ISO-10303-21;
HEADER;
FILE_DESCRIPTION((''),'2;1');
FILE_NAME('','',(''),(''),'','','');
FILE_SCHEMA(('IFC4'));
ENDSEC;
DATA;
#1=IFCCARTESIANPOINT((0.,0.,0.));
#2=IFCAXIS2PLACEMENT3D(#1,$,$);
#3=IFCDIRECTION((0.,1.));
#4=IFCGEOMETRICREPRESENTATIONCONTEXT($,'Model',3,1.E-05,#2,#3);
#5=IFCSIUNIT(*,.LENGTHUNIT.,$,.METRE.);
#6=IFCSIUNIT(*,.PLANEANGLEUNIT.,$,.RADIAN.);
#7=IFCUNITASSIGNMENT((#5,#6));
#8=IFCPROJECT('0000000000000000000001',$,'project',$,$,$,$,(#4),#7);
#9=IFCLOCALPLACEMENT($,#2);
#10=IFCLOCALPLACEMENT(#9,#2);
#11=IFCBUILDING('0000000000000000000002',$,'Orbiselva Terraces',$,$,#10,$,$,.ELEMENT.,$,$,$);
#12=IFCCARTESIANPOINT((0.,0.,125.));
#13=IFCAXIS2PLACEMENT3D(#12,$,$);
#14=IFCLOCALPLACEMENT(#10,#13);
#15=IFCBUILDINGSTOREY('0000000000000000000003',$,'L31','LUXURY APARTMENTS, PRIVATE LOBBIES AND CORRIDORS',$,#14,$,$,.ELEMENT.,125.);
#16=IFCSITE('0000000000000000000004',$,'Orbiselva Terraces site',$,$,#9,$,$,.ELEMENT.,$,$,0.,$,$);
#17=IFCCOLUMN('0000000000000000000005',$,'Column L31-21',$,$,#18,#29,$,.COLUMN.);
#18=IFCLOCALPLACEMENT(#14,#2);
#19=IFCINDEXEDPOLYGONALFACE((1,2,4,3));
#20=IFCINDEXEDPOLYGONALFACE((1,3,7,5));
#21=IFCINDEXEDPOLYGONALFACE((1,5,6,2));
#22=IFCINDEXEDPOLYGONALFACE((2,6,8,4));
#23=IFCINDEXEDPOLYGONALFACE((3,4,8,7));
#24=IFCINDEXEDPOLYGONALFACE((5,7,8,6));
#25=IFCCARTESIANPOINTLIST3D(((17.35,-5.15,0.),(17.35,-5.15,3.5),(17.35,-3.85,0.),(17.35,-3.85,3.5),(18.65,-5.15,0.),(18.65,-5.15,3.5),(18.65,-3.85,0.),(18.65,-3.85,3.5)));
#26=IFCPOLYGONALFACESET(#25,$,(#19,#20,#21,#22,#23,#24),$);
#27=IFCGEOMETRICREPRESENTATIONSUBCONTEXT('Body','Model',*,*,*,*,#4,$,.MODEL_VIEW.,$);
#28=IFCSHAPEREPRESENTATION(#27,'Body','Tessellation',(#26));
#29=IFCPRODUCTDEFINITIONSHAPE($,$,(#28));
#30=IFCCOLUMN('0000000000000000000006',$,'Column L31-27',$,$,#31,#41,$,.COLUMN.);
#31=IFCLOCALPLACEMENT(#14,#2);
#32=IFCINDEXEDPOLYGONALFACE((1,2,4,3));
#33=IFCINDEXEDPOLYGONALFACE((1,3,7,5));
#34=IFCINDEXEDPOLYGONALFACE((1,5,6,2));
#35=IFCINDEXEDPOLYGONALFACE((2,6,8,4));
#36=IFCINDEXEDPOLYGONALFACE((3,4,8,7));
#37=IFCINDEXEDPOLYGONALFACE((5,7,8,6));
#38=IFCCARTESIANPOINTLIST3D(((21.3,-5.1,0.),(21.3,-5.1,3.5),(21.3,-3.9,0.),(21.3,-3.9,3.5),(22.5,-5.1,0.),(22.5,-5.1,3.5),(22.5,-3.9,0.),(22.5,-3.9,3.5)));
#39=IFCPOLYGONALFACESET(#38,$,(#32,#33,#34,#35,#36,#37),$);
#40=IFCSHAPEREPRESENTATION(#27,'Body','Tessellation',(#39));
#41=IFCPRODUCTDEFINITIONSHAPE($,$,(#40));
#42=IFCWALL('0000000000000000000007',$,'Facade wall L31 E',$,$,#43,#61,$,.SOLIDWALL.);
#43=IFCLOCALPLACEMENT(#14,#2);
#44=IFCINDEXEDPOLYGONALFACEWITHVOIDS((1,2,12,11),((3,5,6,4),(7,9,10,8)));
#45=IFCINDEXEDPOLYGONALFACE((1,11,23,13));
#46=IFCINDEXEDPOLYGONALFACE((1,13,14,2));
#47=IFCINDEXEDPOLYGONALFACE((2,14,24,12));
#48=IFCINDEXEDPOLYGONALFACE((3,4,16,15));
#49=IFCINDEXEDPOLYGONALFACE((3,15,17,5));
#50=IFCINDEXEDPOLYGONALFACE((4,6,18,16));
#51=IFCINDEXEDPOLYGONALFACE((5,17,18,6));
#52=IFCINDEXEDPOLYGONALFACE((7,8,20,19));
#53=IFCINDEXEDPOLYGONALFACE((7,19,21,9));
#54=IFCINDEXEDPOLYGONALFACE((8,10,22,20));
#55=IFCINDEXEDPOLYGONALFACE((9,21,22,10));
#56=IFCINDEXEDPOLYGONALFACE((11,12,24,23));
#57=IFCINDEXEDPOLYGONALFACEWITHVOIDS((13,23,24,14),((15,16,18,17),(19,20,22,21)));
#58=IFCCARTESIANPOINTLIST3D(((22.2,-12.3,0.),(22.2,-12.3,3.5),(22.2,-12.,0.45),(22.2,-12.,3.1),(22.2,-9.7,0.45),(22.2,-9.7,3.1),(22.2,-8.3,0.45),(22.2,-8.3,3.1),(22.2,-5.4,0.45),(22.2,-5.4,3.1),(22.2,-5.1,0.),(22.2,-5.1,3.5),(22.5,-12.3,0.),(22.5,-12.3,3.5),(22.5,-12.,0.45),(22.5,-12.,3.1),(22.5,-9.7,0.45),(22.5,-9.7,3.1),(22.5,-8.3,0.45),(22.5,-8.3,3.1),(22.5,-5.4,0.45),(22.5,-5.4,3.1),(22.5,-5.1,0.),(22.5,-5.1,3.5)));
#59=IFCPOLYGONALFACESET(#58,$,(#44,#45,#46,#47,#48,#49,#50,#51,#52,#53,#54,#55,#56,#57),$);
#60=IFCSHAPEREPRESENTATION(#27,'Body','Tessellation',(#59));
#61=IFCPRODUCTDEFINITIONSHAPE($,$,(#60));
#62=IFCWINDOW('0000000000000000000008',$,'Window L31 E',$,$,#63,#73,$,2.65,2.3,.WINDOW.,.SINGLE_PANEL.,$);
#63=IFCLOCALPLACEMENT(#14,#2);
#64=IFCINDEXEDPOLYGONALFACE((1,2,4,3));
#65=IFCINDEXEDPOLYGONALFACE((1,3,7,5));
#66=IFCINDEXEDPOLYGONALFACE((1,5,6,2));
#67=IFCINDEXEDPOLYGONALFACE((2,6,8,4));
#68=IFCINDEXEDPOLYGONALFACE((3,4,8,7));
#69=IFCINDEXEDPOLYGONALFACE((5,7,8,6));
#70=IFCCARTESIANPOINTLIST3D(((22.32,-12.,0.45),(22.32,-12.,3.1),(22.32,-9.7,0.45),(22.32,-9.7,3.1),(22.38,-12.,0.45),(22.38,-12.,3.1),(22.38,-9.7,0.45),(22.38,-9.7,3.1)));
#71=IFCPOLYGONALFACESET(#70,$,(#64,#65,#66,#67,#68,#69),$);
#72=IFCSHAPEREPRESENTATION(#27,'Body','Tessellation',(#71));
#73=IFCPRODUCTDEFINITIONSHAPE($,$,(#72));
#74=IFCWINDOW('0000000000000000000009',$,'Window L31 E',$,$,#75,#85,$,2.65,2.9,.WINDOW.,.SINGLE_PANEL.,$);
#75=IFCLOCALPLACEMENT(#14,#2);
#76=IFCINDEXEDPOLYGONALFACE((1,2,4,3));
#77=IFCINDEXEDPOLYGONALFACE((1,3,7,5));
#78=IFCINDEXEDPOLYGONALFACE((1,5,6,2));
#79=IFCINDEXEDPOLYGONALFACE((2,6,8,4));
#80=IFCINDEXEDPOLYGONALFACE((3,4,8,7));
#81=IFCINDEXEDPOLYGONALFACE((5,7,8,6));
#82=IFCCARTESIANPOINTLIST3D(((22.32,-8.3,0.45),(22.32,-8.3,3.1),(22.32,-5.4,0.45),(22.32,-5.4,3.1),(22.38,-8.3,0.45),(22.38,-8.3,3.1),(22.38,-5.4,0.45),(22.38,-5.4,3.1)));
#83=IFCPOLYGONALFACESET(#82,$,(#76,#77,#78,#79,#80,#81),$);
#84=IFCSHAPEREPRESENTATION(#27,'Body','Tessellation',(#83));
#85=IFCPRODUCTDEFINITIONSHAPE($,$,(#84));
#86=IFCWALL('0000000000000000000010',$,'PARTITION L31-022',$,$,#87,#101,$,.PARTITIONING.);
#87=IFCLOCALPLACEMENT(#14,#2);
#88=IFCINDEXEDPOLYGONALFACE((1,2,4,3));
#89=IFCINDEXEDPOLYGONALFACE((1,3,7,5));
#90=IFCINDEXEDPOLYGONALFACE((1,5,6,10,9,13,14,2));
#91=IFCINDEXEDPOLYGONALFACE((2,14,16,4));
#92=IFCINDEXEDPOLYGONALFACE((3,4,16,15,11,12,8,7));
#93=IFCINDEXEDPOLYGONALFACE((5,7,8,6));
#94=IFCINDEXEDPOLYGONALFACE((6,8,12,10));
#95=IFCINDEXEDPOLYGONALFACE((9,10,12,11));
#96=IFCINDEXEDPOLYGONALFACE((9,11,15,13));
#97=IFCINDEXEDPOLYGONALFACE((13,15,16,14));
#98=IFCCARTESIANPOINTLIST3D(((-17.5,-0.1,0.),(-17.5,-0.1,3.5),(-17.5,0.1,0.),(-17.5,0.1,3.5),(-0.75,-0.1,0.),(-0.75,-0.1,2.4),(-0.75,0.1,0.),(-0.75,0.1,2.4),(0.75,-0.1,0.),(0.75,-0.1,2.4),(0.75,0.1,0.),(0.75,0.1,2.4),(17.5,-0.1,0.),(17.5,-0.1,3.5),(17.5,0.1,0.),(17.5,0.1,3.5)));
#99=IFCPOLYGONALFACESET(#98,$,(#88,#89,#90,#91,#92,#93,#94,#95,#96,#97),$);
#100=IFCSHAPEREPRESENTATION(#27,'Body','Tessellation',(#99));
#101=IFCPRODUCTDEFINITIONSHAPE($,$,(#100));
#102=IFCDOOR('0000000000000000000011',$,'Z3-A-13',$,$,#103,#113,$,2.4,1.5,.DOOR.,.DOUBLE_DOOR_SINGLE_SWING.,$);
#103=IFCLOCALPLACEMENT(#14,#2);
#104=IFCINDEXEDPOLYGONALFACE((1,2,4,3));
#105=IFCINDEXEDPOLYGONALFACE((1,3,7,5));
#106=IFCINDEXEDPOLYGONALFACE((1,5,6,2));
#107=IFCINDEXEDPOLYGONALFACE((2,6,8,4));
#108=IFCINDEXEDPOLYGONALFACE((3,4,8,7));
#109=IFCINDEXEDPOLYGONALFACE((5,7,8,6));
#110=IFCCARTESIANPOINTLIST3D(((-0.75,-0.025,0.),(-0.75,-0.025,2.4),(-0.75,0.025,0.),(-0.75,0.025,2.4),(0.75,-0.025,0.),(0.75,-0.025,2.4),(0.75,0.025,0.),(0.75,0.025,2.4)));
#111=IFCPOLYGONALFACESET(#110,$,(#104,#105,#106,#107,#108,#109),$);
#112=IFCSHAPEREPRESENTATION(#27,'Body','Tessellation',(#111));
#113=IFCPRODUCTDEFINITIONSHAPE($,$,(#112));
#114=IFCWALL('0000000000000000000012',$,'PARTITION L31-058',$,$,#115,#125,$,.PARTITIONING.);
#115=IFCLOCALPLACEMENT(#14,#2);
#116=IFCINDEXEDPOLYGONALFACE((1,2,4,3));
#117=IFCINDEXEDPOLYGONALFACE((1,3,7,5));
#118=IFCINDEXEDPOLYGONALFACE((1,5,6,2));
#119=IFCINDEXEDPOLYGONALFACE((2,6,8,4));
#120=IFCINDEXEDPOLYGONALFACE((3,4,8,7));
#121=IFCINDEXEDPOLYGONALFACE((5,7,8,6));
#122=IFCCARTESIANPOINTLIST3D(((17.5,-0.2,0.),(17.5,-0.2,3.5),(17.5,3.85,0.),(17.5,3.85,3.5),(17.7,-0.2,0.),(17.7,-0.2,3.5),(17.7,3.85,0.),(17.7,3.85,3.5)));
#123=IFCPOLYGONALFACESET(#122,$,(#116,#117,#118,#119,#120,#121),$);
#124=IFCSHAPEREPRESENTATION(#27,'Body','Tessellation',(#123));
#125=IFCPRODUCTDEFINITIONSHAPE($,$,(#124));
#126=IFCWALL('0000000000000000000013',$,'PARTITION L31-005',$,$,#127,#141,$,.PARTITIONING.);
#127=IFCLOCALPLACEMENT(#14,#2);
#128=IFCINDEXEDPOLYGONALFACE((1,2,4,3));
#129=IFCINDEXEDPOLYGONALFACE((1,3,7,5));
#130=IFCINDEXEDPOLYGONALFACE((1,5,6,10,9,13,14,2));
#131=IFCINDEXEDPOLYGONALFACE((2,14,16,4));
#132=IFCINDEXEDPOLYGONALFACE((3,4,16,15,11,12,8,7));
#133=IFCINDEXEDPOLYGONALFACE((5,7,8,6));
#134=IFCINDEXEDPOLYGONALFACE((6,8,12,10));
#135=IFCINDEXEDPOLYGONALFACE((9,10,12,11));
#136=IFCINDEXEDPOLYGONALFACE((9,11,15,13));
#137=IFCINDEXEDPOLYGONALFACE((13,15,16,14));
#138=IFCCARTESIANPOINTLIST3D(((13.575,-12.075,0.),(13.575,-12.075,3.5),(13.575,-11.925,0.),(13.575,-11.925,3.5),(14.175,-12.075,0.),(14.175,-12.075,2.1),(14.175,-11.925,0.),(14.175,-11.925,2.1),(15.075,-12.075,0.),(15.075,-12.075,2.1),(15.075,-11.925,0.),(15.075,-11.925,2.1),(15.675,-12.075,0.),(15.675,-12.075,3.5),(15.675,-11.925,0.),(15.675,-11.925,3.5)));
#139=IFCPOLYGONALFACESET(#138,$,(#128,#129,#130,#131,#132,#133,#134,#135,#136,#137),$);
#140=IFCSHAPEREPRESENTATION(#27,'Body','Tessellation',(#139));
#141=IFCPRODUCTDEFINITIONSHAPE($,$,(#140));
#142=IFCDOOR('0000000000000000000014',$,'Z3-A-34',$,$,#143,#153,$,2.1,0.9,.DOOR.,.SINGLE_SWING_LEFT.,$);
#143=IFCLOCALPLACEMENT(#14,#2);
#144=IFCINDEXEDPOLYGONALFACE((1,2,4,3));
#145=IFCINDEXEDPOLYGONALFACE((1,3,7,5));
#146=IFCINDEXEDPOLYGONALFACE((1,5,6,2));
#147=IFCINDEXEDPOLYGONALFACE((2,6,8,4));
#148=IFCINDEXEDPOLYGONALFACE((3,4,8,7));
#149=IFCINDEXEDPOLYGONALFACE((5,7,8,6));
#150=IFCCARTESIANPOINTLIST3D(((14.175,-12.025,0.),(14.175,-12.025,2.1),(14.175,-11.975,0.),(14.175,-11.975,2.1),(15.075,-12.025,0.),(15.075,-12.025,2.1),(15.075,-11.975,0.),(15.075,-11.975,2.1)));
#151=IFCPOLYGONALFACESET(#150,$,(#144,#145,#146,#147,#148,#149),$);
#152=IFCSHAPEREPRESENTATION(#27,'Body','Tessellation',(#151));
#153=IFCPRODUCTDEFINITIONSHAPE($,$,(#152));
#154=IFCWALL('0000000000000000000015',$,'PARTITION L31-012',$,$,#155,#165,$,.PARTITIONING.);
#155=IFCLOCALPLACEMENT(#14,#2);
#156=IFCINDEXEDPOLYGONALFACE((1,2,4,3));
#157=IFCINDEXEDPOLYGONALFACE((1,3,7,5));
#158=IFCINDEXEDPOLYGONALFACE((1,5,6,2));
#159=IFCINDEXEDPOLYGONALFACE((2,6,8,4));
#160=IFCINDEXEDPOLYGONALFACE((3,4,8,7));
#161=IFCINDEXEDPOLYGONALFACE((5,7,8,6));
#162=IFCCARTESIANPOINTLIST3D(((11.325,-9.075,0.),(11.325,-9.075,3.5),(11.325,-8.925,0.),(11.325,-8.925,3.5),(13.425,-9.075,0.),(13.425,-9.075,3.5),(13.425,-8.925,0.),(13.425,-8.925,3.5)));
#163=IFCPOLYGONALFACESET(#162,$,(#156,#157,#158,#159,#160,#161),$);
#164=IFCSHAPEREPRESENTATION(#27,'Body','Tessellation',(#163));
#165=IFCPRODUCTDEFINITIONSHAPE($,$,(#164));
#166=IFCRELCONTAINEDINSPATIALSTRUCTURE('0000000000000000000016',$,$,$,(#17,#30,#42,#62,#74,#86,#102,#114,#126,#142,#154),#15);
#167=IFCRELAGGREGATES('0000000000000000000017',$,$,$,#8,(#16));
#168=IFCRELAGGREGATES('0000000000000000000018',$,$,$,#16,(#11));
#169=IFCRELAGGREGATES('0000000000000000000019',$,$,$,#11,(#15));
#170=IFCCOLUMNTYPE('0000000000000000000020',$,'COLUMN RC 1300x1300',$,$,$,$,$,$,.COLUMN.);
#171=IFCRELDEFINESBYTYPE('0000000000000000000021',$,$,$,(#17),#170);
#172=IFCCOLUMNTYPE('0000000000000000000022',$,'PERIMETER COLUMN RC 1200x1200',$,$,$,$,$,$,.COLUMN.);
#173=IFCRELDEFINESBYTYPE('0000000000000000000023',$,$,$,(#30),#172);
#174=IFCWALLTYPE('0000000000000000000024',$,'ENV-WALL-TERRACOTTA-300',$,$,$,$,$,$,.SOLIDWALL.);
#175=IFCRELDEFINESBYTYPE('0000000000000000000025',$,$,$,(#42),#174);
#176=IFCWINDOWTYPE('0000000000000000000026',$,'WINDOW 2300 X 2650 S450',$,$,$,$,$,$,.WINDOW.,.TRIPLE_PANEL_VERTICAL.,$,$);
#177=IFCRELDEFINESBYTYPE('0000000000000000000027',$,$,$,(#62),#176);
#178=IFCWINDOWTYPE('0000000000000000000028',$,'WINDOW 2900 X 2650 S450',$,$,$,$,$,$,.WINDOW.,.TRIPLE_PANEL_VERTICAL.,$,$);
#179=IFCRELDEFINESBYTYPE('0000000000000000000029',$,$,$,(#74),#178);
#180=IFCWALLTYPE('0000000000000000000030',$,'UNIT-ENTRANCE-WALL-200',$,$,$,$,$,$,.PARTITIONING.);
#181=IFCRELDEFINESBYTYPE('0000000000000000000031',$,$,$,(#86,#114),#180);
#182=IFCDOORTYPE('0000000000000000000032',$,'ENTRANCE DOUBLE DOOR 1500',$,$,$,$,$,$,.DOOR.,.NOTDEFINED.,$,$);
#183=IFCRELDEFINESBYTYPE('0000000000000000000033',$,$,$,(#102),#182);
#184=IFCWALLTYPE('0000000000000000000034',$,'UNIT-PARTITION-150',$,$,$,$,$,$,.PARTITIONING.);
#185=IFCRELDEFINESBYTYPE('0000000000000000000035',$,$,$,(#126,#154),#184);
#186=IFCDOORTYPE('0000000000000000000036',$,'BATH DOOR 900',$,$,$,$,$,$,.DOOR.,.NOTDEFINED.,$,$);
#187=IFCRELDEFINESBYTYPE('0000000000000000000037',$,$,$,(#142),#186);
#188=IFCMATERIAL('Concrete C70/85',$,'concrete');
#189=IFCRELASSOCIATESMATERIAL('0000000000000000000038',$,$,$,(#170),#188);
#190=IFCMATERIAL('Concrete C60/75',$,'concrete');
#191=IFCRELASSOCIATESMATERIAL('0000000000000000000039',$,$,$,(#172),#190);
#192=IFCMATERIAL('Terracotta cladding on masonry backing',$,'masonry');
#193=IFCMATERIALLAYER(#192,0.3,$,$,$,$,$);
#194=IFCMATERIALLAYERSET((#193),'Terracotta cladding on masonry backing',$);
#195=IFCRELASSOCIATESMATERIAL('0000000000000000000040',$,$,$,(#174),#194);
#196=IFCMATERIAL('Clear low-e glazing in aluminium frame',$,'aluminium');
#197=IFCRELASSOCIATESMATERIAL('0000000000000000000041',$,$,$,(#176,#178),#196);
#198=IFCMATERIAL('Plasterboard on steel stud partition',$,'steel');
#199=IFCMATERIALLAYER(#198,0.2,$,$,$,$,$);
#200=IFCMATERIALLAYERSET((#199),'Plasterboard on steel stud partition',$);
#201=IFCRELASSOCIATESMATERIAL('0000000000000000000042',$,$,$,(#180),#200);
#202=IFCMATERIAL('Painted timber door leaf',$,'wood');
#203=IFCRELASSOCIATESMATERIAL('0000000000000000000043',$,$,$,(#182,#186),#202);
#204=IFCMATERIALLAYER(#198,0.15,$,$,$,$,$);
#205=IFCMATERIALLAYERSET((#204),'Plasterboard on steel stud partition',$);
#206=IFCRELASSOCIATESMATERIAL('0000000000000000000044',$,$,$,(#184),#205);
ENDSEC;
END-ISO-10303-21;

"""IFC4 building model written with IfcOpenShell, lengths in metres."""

from ifc_helpers import new_model, si_unit, direction, frame, frame_2d, origin, origin_2d, place, context, subcontext, project, spatial, rectangle, extrude, material, layer, layer_set, material_profile, profile_set, type_object, element, fill, save


model = new_model("IFC4")

# Units and contexts
model_context = context("Model", 3, precision=1e-05, world=origin(), true_north=direction((0.0, 1.0)))
body_context = subcontext(model_context, "Body", "Model", "MODEL_VIEW")
ifc_project = project(units=[si_unit("LENGTHUNIT", "METRE"), si_unit("PLANEANGLEUNIT", "RADIAN")], contexts=[model_context])

# Site, building, storey
site_placement = place(None, origin())
site = spatial("IfcSite", under=ifc_project, at=site_placement, Name="Orbiselva Terraces site", CompositionType="ELEMENT", RefElevation=0.0)
building_placement = place(site_placement, origin())
building = spatial("IfcBuilding", under=site, at=building_placement, Name="Orbiselva Terraces", CompositionType="ELEMENT")
storey_placement = place(building_placement, frame((0.0, 0.0, 125.0)))
storey = spatial("IfcBuildingStorey", under=building, at=storey_placement, Name="L31", Description="LUXURY APARTMENTS, PRIVATE LOBBIES AND CORRIDORS", CompositionType="ELEMENT", Elevation=125.0)

# Columns
ifc_material_1 = material(Name="Concrete C70/85", Category="concrete")
ifc_material_profile_1 = material_profile(ifc_material_1, rectangle(XDim=1.3, YDim=1.3, at=origin_2d()), Name="RC 1300x1300")
ifc_profile_set_1 = profile_set([ifc_material_profile_1], Name="Concrete C70/85")
column_type_1 = type_object("IfcColumnType", Name="COLUMN RC 1300x1300", PredefinedType="COLUMN", material=ifc_profile_set_1)
column_1_placement = place(storey_placement, frame((18.0, -4.5, 0.0), z_axis=(0.0, 0.0, 1.0), x_axis=(1.0, 0.0, 0.0)))
element("IfcColumn", 1, at=column_1_placement, inside=storey, type_object=column_type_1, Name="Column L31-21", PredefinedType="COLUMN", context=body_context, shape_type="SweptSolid", body=[
    extrude(rectangle(XDim=1.3, YDim=1.3, at=origin_2d()), origin(), (0.0, 0.0, 1.0), 3.5),
])
ifc_material_2 = material(Name="Concrete C60/75", Category="concrete")
ifc_material_profile_2 = material_profile(ifc_material_2, rectangle(XDim=1.2, YDim=1.2, at=origin_2d()), Name="RC 1200x1200")
ifc_profile_set_2 = profile_set([ifc_material_profile_2], Name="Concrete C60/75")
column_type_2 = type_object("IfcColumnType", Name="PERIMETER COLUMN RC 1200x1200", PredefinedType="COLUMN", material=ifc_profile_set_2)
column_2_placement = place(storey_placement, frame((21.9, -4.5, 0.0), z_axis=(0.0, 0.0, 1.0), x_axis=(1.0, 0.0, 0.0)))
element("IfcColumn", 2, at=column_2_placement, inside=storey, type_object=column_type_2, Name="Column L31-27", PredefinedType="COLUMN", context=body_context, shape_type="SweptSolid", body=[
    extrude(rectangle(XDim=1.2, YDim=1.2, at=origin_2d()), origin(), (0.0, 0.0, 1.0), 3.5),
])

# Wall, openings, windows
ifc_material_3 = material(Name="Terracotta cladding on masonry backing", Category="masonry")
ifc_layer_1 = layer(ifc_material_3, 0.3)
ifc_layer_set_1 = layer_set([ifc_layer_1], Name="Terracotta cladding on masonry backing")
wall_type_1 = type_object("IfcWallType", Name="ENV-WALL-TERRACOTTA-300", PredefinedType="SOLIDWALL", material=ifc_layer_set_1)
wall_1_placement = place(storey_placement, frame((22.35, -5.1, 0.0), z_axis=(0.0, 0.0, 1.0), x_axis=(0.0, -1.0, 0.0)))
wall_1 = element("IfcWall", 3, at=wall_1_placement, inside=storey, type_object=wall_type_1, Name="Facade wall L31 E", PredefinedType="SOLIDWALL", context=body_context, shape_type="SweptSolid", body=[
    extrude(rectangle(XDim=7.2, YDim=0.3, at=frame_2d((3.6, 0.0))), origin(), (0.0, 0.0, 1.0), 3.5),
])
opening_1_placement = place(wall_1_placement, frame((4.6, 0.0, 0.45)))
opening_1 = element("IfcOpeningElement", 4, at=opening_1_placement, cuts=wall_1, PredefinedType="OPENING", context=body_context, shape_type="SweptSolid", body=[
    extrude(rectangle(XDim=2.3, YDim=2.65, at=frame_2d((1.15, 1.325))), frame((0.0, 0.16, 0.0), z_axis=(0.0, -1.0, 0.0), x_axis=(1.0, 0.0, 0.0)), (0.0, 0.0, 1.0), 0.32),
])
opening_2_placement = place(wall_1_placement, frame((0.3, 0.0, 0.45)))
opening_2 = element("IfcOpeningElement", 5, at=opening_2_placement, cuts=wall_1, PredefinedType="OPENING", context=body_context, shape_type="SweptSolid", body=[
    extrude(rectangle(XDim=2.9, YDim=2.65, at=frame_2d((1.45, 1.325))), frame((0.0, 0.16, 0.0), z_axis=(0.0, -1.0, 0.0), x_axis=(1.0, 0.0, 0.0)), (0.0, 0.0, 1.0), 0.32),
])
ifc_material_4 = material(Name="Clear low-e glazing in aluminium frame", Category="aluminium")
window_type_1 = type_object("IfcWindowType", Name="WINDOW 2300 X 2650 S450", PartitioningType="TRIPLE_PANEL_VERTICAL", PredefinedType="WINDOW", material=ifc_material_4)
window_1_placement = place(opening_1_placement, origin())
window_1 = element("IfcWindow", 6, at=window_1_placement, inside=storey, type_object=window_type_1, Name="Window L31 E", OverallHeight=2.65, OverallWidth=2.3, PartitioningType="SINGLE_PANEL", PredefinedType="WINDOW", context=body_context, shape_type="SweptSolid", body=[
    extrude(rectangle(XDim=2.3, YDim=2.65, at=frame_2d((1.15, 1.325))), frame((0.0, 0.03, 0.0), z_axis=(0.0, -1.0, 0.0), x_axis=(1.0, 0.0, 0.0)), (0.0, 0.0, 1.0), 0.06),
])
fill(opening_1, window_1)
window_type_2 = type_object("IfcWindowType", Name="WINDOW 2900 X 2650 S450", PartitioningType="TRIPLE_PANEL_VERTICAL", PredefinedType="WINDOW", material=ifc_material_4)
window_2_placement = place(opening_2_placement, origin())
window_2 = element("IfcWindow", 7, at=window_2_placement, inside=storey, type_object=window_type_2, Name="Window L31 E", OverallHeight=2.65, OverallWidth=2.9, PartitioningType="SINGLE_PANEL", PredefinedType="WINDOW", context=body_context, shape_type="SweptSolid", body=[
    extrude(rectangle(XDim=2.9, YDim=2.65, at=frame_2d((1.45, 1.325))), frame((0.0, 0.03, 0.0), z_axis=(0.0, -1.0, 0.0), x_axis=(1.0, 0.0, 0.0)), (0.0, 0.0, 1.0), 0.06),
])
fill(opening_2, window_2)

# Wall, opening, door
ifc_material_5 = material(Name="Plasterboard on steel stud partition", Category="steel")
ifc_layer_2 = layer(ifc_material_5, 0.2)
ifc_layer_set_2 = layer_set([ifc_layer_2], Name="Plasterboard on steel stud partition")
wall_type_2 = type_object("IfcWallType", Name="UNIT-ENTRANCE-WALL-200", PredefinedType="PARTITIONING", material=ifc_layer_set_2)
wall_2_placement = place(storey_placement, frame((17.5, 0.0, 0.0), z_axis=(0.0, 0.0, 1.0), x_axis=(-1.0, 0.0, 0.0)))
wall_2 = element("IfcWall", 8, at=wall_2_placement, inside=storey, type_object=wall_type_2, Name="PARTITION L31-022", PredefinedType="PARTITIONING", context=body_context, shape_type="SweptSolid", body=[
    extrude(rectangle(XDim=35.0, YDim=0.2, at=frame_2d((17.5, 0.0))), origin(), (0.0, 0.0, 1.0), 3.5),
])
opening_3_placement = place(wall_2_placement, frame((16.75, 0.0, 0.0)))
opening_3 = element("IfcOpeningElement", 9, at=opening_3_placement, cuts=wall_2, PredefinedType="OPENING", context=body_context, shape_type="SweptSolid", body=[
    extrude(rectangle(XDim=1.5, YDim=2.4, at=frame_2d((0.75, 1.2))), frame((0.0, 0.11, 0.0), z_axis=(0.0, -1.0, 0.0), x_axis=(1.0, 0.0, 0.0)), (0.0, 0.0, 1.0), 0.22),
])
ifc_material_6 = material(Name="Painted timber door leaf", Category="wood")
door_type_1 = type_object("IfcDoorType", Name="ENTRANCE DOUBLE DOOR 1500", OperationType="NOTDEFINED", PredefinedType="DOOR", material=ifc_material_6)
door_1_placement = place(opening_3_placement, origin())
door_1 = element("IfcDoor", 10, at=door_1_placement, inside=storey, type_object=door_type_1, Name="Z3-A-13", OperationType="DOUBLE_DOOR_SINGLE_SWING", OverallHeight=2.4, OverallWidth=1.5, PredefinedType="DOOR", context=body_context, shape_type="SweptSolid", body=[
    extrude(rectangle(XDim=1.5, YDim=2.4, at=frame_2d((0.75, 1.2))), frame((0.0, 0.025, 0.0), z_axis=(0.0, -1.0, 0.0), x_axis=(1.0, 0.0, 0.0)), (0.0, 0.0, 1.0), 0.05),
])
fill(opening_3, door_1)

# Wall
wall_3_placement = place(storey_placement, frame((17.6, -0.2, 0.0), z_axis=(0.0, 0.0, 1.0), x_axis=(0.0, 1.0, 0.0)))
element("IfcWall", 11, at=wall_3_placement, inside=storey, type_object=wall_type_2, Name="PARTITION L31-058", PredefinedType="PARTITIONING", context=body_context, shape_type="SweptSolid", body=[
    extrude(rectangle(XDim=4.05, YDim=0.2, at=frame_2d((2.025, 0.0))), origin(), (0.0, 0.0, 1.0), 3.5),
])

# Wall, opening, door
ifc_layer_3 = layer(ifc_material_5, 0.15)
ifc_layer_set_3 = layer_set([ifc_layer_3], Name="Plasterboard on steel stud partition")
wall_type_3 = type_object("IfcWallType", Name="UNIT-PARTITION-150", PredefinedType="PARTITIONING", material=ifc_layer_set_3)
wall_4_placement = place(storey_placement, frame((13.575, -12.0, 0.0), z_axis=(0.0, 0.0, 1.0), x_axis=(1.0, 0.0, 0.0)))
wall_4 = element("IfcWall", 12, at=wall_4_placement, inside=storey, type_object=wall_type_3, Name="PARTITION L31-005", PredefinedType="PARTITIONING", context=body_context, shape_type="SweptSolid", body=[
    extrude(rectangle(XDim=2.1, YDim=0.15, at=frame_2d((1.05, 0.0))), origin(), (0.0, 0.0, 1.0), 3.5),
])
opening_4_placement = place(wall_4_placement, frame((0.6, 0.0, 0.0)))
opening_4 = element("IfcOpeningElement", 13, at=opening_4_placement, cuts=wall_4, PredefinedType="OPENING", context=body_context, shape_type="SweptSolid", body=[
    extrude(rectangle(XDim=0.9, YDim=2.1, at=frame_2d((0.45, 1.05))), frame((0.0, 0.085, 0.0), z_axis=(0.0, -1.0, 0.0), x_axis=(1.0, 0.0, 0.0)), (0.0, 0.0, 1.0), 0.17),
])
door_type_2 = type_object("IfcDoorType", Name="BATH DOOR 900", OperationType="NOTDEFINED", PredefinedType="DOOR", material=ifc_material_6)
door_2_placement = place(opening_4_placement, origin())
door_2 = element("IfcDoor", 14, at=door_2_placement, inside=storey, type_object=door_type_2, Name="Z3-A-34", OperationType="SINGLE_SWING_LEFT", OverallHeight=2.1, OverallWidth=0.9, PredefinedType="DOOR", context=body_context, shape_type="SweptSolid", body=[
    extrude(rectangle(XDim=0.9, YDim=2.1, at=frame_2d((0.45, 1.05))), frame((0.0, 0.025, 0.0), z_axis=(0.0, -1.0, 0.0), x_axis=(1.0, 0.0, 0.0)), (0.0, 0.0, 1.0), 0.05),
])
fill(opening_4, door_2)

# Wall
for number, where, z_axis, x_axis, name in (
    (15, (11.325, -9.0, 0.0), (0.0, 0.0, 1.0), (1.0, 0.0, 0.0), "PARTITION L31-012"),
):
    element("IfcWall", number, at=place(storey_placement, frame(where, z_axis=z_axis, x_axis=x_axis)), inside=storey, type_object=wall_type_3, Name=name, PredefinedType="PARTITIONING", context=body_context, shape_type="SweptSolid", body=[
        extrude(rectangle(XDim=2.1, YDim=0.15, at=frame_2d((1.05, 0.0))), origin(), (0.0, 0.0, 1.0), 3.5),
    ])

save(model, "model.ifc")
